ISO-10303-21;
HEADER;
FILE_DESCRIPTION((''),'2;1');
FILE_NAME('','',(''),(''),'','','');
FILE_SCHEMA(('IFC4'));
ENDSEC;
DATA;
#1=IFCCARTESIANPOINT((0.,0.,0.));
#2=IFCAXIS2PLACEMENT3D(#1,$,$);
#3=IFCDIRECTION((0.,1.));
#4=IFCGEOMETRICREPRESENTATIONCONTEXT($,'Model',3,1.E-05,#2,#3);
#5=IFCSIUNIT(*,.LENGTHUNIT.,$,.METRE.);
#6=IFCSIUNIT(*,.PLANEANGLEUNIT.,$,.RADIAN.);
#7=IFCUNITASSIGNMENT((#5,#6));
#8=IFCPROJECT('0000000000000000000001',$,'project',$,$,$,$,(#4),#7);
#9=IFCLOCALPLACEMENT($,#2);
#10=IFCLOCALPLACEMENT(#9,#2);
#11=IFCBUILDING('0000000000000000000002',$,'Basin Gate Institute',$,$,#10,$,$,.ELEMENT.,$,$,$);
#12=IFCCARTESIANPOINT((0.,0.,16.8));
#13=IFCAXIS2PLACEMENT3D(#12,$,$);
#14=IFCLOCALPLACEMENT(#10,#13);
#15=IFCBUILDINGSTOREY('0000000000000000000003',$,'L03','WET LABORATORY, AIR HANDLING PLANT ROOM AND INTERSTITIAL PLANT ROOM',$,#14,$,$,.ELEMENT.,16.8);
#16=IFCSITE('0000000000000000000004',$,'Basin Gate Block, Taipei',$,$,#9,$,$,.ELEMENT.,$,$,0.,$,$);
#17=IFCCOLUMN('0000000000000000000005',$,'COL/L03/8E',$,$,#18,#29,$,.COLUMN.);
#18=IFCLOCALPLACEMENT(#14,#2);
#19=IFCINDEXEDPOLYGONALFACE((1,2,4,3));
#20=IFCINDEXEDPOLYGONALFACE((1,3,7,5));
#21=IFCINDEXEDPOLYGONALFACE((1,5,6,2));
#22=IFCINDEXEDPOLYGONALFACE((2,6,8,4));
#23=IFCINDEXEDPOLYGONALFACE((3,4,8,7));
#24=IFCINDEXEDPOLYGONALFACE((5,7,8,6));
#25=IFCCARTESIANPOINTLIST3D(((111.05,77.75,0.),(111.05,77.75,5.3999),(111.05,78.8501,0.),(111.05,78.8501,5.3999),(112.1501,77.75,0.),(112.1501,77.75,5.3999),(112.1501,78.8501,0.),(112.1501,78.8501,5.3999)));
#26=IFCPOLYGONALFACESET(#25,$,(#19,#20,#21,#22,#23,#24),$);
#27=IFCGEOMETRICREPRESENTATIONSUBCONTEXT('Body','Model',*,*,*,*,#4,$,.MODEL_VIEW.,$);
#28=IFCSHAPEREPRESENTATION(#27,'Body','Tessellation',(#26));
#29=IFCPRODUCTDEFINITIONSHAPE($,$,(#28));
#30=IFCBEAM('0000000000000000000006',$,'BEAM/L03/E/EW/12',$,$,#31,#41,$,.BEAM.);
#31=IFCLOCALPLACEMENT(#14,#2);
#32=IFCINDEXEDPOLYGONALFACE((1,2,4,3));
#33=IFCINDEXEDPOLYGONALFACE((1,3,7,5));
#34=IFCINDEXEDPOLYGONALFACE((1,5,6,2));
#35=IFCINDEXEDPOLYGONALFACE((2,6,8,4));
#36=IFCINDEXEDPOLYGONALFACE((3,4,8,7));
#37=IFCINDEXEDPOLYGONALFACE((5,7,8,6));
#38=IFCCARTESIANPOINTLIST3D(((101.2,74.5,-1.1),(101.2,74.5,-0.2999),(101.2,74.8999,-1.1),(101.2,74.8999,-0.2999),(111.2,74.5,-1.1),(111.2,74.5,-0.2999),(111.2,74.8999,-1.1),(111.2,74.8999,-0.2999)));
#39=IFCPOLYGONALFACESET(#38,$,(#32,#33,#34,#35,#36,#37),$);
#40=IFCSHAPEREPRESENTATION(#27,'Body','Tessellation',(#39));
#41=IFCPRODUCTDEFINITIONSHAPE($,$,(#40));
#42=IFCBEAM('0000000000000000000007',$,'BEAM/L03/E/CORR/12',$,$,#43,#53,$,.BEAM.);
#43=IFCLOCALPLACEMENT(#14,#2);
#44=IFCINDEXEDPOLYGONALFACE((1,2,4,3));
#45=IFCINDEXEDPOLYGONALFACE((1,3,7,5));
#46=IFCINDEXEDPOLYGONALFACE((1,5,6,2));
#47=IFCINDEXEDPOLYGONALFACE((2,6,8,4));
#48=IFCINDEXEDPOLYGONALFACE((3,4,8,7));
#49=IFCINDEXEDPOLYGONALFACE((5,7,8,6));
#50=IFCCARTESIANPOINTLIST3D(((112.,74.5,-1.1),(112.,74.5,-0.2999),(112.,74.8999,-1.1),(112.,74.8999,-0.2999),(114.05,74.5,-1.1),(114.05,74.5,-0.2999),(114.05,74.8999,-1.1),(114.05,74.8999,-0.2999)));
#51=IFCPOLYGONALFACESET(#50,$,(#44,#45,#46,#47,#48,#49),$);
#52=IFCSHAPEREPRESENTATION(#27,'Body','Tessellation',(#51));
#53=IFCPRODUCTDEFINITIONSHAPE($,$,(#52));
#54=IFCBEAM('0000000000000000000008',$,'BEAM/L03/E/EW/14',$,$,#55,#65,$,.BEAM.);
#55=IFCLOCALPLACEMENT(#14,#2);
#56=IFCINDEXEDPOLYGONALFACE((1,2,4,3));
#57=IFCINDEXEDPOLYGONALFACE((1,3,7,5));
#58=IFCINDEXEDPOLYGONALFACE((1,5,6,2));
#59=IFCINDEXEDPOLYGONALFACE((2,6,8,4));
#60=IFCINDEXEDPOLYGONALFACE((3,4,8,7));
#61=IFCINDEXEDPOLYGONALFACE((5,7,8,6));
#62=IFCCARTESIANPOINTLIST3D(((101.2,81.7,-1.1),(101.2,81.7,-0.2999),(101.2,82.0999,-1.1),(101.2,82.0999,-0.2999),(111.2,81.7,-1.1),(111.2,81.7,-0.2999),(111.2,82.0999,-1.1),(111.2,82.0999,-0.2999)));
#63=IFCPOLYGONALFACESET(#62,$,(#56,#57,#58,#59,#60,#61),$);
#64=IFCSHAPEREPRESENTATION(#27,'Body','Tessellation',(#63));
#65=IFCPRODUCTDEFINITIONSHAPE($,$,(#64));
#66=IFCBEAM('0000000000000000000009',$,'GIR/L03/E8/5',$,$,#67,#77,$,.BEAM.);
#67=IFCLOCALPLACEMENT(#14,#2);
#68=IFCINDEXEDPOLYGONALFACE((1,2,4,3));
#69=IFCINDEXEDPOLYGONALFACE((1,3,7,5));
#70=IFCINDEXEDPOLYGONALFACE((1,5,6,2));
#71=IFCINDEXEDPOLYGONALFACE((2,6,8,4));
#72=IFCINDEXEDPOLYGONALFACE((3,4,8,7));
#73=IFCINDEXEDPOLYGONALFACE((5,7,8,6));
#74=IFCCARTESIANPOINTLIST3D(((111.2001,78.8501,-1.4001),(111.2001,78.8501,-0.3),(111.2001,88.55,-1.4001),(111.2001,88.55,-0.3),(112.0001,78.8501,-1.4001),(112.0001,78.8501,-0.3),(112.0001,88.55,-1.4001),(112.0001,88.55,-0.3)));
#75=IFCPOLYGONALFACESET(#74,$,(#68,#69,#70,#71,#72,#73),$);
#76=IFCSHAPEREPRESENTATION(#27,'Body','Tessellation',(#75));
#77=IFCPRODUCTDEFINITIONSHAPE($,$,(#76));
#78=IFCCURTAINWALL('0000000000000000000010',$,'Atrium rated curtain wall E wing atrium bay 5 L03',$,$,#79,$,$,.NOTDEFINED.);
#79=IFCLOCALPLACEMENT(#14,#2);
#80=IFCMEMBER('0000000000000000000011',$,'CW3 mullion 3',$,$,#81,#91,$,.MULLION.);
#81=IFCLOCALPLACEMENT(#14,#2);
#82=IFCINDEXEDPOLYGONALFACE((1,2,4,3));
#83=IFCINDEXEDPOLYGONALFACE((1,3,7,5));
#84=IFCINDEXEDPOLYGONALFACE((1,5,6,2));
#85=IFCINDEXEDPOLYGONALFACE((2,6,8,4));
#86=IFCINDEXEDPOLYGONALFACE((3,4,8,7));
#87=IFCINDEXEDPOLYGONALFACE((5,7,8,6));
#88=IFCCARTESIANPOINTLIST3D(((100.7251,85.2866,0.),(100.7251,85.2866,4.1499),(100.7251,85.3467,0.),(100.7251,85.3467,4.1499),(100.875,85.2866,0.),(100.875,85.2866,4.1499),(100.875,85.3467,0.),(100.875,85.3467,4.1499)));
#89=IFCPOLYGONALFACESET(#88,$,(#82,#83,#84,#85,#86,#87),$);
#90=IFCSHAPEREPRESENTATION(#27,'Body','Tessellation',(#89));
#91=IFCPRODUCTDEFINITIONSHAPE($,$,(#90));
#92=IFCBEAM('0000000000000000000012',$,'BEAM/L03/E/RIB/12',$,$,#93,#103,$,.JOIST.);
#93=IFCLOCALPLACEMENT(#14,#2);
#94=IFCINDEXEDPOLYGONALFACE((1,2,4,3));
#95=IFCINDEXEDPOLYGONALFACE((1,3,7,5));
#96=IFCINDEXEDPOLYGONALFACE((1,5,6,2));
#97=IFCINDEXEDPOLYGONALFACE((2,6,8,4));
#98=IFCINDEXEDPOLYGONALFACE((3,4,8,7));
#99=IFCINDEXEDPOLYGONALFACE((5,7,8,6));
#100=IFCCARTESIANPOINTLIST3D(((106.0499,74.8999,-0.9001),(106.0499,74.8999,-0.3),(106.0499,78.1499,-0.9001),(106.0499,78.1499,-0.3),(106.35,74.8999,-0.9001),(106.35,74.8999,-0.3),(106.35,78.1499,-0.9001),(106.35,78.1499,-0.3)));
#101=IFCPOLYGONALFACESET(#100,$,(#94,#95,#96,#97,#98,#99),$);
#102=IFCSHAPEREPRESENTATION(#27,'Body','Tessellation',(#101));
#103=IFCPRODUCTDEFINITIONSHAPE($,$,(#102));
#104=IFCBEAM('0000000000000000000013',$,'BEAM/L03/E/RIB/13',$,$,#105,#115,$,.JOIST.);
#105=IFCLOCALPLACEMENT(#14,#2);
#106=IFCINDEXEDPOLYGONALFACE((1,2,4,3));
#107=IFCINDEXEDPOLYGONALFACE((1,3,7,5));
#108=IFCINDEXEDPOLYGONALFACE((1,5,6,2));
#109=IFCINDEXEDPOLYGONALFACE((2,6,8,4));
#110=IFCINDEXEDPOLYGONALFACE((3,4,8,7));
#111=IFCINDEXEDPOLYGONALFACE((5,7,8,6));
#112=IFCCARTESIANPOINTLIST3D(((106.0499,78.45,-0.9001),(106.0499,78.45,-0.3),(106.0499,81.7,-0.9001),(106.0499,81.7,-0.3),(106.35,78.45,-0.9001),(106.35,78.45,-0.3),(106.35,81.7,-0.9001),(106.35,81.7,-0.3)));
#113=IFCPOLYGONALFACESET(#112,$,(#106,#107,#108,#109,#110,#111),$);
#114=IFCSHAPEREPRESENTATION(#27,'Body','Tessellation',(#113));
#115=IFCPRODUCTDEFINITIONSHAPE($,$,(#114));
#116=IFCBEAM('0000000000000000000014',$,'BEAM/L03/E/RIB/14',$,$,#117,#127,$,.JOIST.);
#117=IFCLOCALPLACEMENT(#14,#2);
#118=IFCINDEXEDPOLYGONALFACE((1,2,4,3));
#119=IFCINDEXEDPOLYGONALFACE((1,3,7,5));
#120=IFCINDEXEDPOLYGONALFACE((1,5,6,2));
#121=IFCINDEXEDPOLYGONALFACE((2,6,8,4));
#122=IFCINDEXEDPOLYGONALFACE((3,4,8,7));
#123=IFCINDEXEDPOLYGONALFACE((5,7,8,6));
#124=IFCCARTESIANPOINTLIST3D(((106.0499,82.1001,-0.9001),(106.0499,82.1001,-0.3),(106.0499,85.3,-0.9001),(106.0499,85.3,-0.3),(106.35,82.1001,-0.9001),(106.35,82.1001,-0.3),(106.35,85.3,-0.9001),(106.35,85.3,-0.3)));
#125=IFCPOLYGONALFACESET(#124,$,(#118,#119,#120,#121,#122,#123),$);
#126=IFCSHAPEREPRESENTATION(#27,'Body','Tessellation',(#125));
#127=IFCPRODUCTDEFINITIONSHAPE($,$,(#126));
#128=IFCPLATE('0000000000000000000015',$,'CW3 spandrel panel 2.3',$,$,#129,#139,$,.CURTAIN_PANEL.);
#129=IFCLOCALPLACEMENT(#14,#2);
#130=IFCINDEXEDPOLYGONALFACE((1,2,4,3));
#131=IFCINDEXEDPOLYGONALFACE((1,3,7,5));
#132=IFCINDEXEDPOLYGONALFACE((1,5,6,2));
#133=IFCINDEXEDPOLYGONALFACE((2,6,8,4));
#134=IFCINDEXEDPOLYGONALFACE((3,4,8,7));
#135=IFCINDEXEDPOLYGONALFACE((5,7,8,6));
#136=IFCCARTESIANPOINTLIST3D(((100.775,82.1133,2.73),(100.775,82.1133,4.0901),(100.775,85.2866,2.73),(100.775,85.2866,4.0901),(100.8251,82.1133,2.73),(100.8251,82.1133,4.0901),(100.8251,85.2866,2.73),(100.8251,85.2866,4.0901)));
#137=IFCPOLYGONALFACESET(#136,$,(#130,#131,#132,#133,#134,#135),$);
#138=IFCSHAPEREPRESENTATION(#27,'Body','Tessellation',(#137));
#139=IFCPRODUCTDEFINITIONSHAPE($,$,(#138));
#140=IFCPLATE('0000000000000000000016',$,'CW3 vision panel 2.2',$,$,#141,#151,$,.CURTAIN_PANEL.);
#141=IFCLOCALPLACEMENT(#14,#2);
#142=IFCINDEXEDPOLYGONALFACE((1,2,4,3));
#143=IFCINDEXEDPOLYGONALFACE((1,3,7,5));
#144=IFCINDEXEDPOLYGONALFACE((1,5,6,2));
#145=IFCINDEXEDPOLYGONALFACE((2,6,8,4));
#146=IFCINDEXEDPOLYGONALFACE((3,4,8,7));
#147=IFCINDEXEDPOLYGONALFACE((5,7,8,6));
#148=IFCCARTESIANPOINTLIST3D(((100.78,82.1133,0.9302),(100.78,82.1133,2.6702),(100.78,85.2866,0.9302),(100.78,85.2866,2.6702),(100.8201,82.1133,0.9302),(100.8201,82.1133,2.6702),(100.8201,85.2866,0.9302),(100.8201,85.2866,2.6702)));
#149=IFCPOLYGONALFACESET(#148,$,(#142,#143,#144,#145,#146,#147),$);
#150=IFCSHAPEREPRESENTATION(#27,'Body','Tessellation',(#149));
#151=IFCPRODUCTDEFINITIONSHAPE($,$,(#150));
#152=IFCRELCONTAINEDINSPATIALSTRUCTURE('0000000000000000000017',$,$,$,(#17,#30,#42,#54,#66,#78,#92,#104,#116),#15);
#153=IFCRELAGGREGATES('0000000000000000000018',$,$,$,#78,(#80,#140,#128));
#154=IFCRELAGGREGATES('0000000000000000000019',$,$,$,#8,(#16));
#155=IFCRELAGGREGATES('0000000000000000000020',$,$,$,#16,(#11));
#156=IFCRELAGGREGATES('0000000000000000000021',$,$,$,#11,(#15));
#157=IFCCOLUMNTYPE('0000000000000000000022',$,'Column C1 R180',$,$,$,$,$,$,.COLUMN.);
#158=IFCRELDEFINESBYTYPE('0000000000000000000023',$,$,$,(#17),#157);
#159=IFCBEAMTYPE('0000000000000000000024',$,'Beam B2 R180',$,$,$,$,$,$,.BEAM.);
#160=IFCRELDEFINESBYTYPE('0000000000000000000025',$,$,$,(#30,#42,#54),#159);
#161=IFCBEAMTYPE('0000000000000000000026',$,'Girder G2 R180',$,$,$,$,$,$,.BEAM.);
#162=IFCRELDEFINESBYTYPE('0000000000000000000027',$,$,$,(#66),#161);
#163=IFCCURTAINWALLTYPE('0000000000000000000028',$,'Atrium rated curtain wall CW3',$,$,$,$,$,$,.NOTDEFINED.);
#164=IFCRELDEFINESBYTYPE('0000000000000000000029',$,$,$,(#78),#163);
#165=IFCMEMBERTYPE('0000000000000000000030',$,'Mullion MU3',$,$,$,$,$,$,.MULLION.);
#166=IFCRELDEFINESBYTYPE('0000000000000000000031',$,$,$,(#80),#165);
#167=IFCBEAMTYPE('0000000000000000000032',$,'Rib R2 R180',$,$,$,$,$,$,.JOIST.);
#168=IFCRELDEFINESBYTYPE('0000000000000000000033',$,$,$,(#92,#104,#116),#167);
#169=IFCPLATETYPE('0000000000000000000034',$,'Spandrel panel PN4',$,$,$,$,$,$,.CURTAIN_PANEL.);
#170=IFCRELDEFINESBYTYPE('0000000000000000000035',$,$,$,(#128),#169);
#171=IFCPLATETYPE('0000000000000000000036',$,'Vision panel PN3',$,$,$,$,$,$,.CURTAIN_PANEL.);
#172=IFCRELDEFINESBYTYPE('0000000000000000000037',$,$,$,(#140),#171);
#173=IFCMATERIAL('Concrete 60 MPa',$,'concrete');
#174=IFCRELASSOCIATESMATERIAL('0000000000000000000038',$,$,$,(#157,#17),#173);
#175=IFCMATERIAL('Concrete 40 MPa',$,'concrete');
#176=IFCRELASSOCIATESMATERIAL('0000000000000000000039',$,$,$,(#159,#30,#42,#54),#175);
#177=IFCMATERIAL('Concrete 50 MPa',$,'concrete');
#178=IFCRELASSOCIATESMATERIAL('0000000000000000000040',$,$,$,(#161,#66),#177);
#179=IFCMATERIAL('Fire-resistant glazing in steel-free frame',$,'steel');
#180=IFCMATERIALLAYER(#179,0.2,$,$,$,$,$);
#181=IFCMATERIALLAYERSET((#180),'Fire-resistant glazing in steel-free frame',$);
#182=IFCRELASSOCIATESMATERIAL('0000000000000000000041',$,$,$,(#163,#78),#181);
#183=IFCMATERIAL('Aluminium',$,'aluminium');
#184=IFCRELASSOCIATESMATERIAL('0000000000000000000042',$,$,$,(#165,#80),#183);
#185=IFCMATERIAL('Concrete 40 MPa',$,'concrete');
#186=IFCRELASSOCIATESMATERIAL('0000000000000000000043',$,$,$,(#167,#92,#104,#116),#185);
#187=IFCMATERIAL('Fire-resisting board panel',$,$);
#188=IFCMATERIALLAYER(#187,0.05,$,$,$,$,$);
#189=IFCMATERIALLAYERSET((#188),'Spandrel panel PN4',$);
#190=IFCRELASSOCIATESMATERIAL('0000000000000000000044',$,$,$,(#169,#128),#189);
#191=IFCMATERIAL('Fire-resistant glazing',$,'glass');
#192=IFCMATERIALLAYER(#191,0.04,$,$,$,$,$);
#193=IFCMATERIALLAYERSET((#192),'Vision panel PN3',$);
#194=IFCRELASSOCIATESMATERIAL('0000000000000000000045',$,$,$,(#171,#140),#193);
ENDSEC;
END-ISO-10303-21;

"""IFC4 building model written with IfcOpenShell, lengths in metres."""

from ifc_helpers import new_model, si_unit, direction, frame, origin, origin_2d, place, context, subcontext, project, spatial, rectangle, extrude, material, layer, layer_set, material_profile, profile_set, type_object, element, aggregate, save


model = new_model("IFC4")

# Units and contexts
model_context = context("Model", 3, precision=1e-05, world=origin(), true_north=direction((0.0, 1.0)))
body_context = subcontext(model_context, "Body", "Model", "MODEL_VIEW")
ifc_project = project(units=[si_unit("LENGTHUNIT", "METRE"), si_unit("PLANEANGLEUNIT", "RADIAN")], contexts=[model_context])

# Site, building, storey
site_placement = place(None, origin())
site = spatial("IfcSite", under=ifc_project, at=site_placement, Name="Basin Gate Block, Taipei", CompositionType="ELEMENT", RefElevation=0.0)
building_placement = place(site_placement, origin())
building = spatial("IfcBuilding", under=site, at=building_placement, Name="Basin Gate Institute", CompositionType="ELEMENT")
storey_placement = place(building_placement, frame((0.0, 0.0, 16.8)))
storey = spatial("IfcBuildingStorey", under=building, at=storey_placement, Name="L03", Description="WET LABORATORY, AIR HANDLING PLANT ROOM AND INTERSTITIAL PLANT ROOM", CompositionType="ELEMENT", Elevation=16.8)

# Column
ifc_material_1 = material(Name="Concrete 60 MPa", Category="concrete")
ifc_material_profile_1 = material_profile(ifc_material_1, rectangle(XDim=1.1001, YDim=1.1001, at=origin_2d()), Name="Column C1 1100 x 1100")
ifc_profile_set_1 = profile_set([ifc_material_profile_1], Name="Concrete 60 MPa")
column_type = type_object("IfcColumnType", Name="Column C1 R180", PredefinedType="COLUMN", material=ifc_profile_set_1)
column_placement = place(storey_placement, frame((111.6001, 78.3, 0.0), z_axis=(0.0, 0.0, 1.0), x_axis=(1.0, 0.0, 0.0)))
element("IfcColumn", 1, at=column_placement, inside=storey, type_object=column_type, material=ifc_profile_set_1, Name="COL/L03/8E", PredefinedType="COLUMN", context=body_context, shape_type="SweptSolid", body=[
    extrude(rectangle(XDim=1.1001, YDim=1.1001, at=origin_2d()), origin(), (0.0, 0.0, 1.0), 5.3999),
])

# Beams
ifc_material_2 = material(Name="Concrete 40 MPa", Category="concrete")
ifc_material_profile_2 = material_profile(ifc_material_2, rectangle(XDim=0.3999, YDim=0.8, at=origin_2d()), Name="Beam B2 400 x 800")
ifc_profile_set_2 = profile_set([ifc_material_profile_2], Name="Concrete 40 MPa")
beam_type_1 = type_object("IfcBeamType", Name="Beam B2 R180", PredefinedType="BEAM", material=ifc_profile_set_2)
beam_1_placement = place(storey_placement, frame((111.2, 74.7, -0.7), z_axis=(-1.0, 0.0, 0.0), x_axis=(0.0, -1.0, 0.0)))
element("IfcBeam", 2, at=beam_1_placement, inside=storey, type_object=beam_type_1, material=ifc_profile_set_2, Name="BEAM/L03/E/EW/12", PredefinedType="BEAM", context=body_context, shape_type="SweptSolid", body=[
    extrude(rectangle(XDim=0.3999, YDim=0.8, at=origin_2d()), origin(), (0.0, 0.0, 1.0), 10.0),
])
beam_2_placement = place(storey_placement, frame((114.05, 74.7, -0.7), z_axis=(-1.0, 0.0, 0.0), x_axis=(0.0, -1.0, 0.0)))
element("IfcBeam", 3, at=beam_2_placement, inside=storey, type_object=beam_type_1, material=ifc_profile_set_2, Name="BEAM/L03/E/CORR/12", PredefinedType="BEAM", context=body_context, shape_type="SweptSolid", body=[
    extrude(rectangle(XDim=0.3999, YDim=0.8, at=origin_2d()), origin(), (0.0, 0.0, 1.0), 2.05),
])
beam_3_placement = place(storey_placement, frame((111.2, 81.8999, -0.7), z_axis=(-1.0, 0.0, 0.0), x_axis=(0.0, -1.0, 0.0)))
element("IfcBeam", 4, at=beam_3_placement, inside=storey, type_object=beam_type_1, material=ifc_profile_set_2, Name="BEAM/L03/E/EW/14", PredefinedType="BEAM", context=body_context, shape_type="SweptSolid", body=[
    extrude(rectangle(XDim=0.3999, YDim=0.8, at=origin_2d()), origin(), (0.0, 0.0, 1.0), 10.0),
])
ifc_material_3 = material(Name="Concrete 50 MPa", Category="concrete")
ifc_material_profile_3 = material_profile(ifc_material_3, rectangle(XDim=0.8, YDim=1.1001, at=origin_2d()), Name="Girder G2 800 x 1100")
ifc_profile_set_3 = profile_set([ifc_material_profile_3], Name="Concrete 50 MPa")
beam_type_2 = type_object("IfcBeamType", Name="Girder G2 R180", PredefinedType="BEAM", material=ifc_profile_set_3)
beam_4_placement = place(storey_placement, frame((111.6001, 78.8501, -0.8501), z_axis=(0.0, 1.0, 0.0), x_axis=(-1.0, 0.0, 0.0)))
element("IfcBeam", 5, at=beam_4_placement, inside=storey, type_object=beam_type_2, material=ifc_profile_set_3, Name="GIR/L03/E8/5", PredefinedType="BEAM", context=body_context, shape_type="SweptSolid", body=[
    extrude(rectangle(XDim=0.8, YDim=1.1001, at=origin_2d()), origin(), (0.0, 0.0, 1.0), 9.7),
])

# Curtain wall, member
ifc_material_4 = material(Name="Fire-resistant glazing in steel-free frame", Category="steel")
ifc_layer_1 = layer(ifc_material_4, 0.2)
ifc_layer_set_1 = layer_set([ifc_layer_1], Name="Fire-resistant glazing in steel-free frame")
curtain_wall_type = type_object("IfcCurtainWallType", Name="Atrium rated curtain wall CW3", PredefinedType="NOTDEFINED", material=ifc_layer_set_1)
curtain_wall_placement = place(storey_placement, origin())
curtain_wall = element("IfcCurtainWall", 6, at=curtain_wall_placement, inside=storey, type_object=curtain_wall_type, material=ifc_layer_set_1, Name="Atrium rated curtain wall E wing atrium bay 5 L03", PredefinedType="NOTDEFINED")
ifc_material_5 = material(Name="Aluminium", Category="aluminium")
ifc_material_profile_4 = material_profile(ifc_material_5, rectangle(XDim=0.1499, YDim=0.0601, at=origin_2d()), Name="Mullion MU3 150 x 60")
ifc_profile_set_4 = profile_set([ifc_material_profile_4], Name="Aluminium")
member_type = type_object("IfcMemberType", Name="Mullion MU3", PredefinedType="MULLION", material=ifc_profile_set_4)
member_placement = place(storey_placement, frame((100.8, 85.3167, 0.0), z_axis=(0.0, 0.0, 1.0), x_axis=(-1.0, 0.0, 0.0)))
member = element("IfcMember", 7, at=member_placement, type_object=member_type, material=ifc_profile_set_4, Name="CW3 mullion 3", PredefinedType="MULLION", context=body_context, shape_type="SweptSolid", body=[
    extrude(rectangle(XDim=0.1499, YDim=0.0601, at=origin_2d()), origin(), (0.0, 0.0, 1.0), 4.1499),
])

# Beams
ifc_material_6 = material(Name="Concrete 40 MPa", Category="concrete")
ifc_material_profile_5 = material_profile(ifc_material_6, rectangle(XDim=0.3, YDim=0.6001, at=origin_2d()), Name="Rib R2 300 x 600")
ifc_profile_set_5 = profile_set([ifc_material_profile_5], Name="Concrete 40 MPa")
beam_type_3 = type_object("IfcBeamType", Name="Rib R2 R180", PredefinedType="JOIST", material=ifc_profile_set_5)
for number, where, z_axis, x_axis, name in (
    (8, (106.2, 74.8999, -0.6001), (0.0, 1.0, 0.0), (-1.0, 0.0, 0.0), "BEAM/L03/E/RIB/12"),
    (9, (106.2, 78.45, -0.6001), (0.0, 1.0, 0.0), (-1.0, 0.0, 0.0), "BEAM/L03/E/RIB/13"),
):
    element("IfcBeam", number, at=place(storey_placement, frame(where, z_axis=z_axis, x_axis=x_axis)), inside=storey, type_object=beam_type_3, material=ifc_profile_set_5, Name=name, PredefinedType="JOIST", context=body_context, shape_type="SweptSolid", body=[
        extrude(rectangle(XDim=0.3, YDim=0.6001, at=origin_2d()), origin(), (0.0, 0.0, 1.0), 3.25),
    ])
beam_5_placement = place(storey_placement, frame((106.2, 82.1001, -0.6001), z_axis=(0.0, 1.0, 0.0), x_axis=(-1.0, 0.0, 0.0)))
element("IfcBeam", 10, at=beam_5_placement, inside=storey, type_object=beam_type_3, material=ifc_profile_set_5, Name="BEAM/L03/E/RIB/14", PredefinedType="JOIST", context=body_context, shape_type="SweptSolid", body=[
    extrude(rectangle(XDim=0.3, YDim=0.6001, at=origin_2d()), origin(), (0.0, 0.0, 1.0), 3.2),
])

# Plates
ifc_material_7 = material(Name="Fire-resisting board panel")
ifc_layer_2 = layer(ifc_material_7, 0.05)
ifc_layer_set_2 = layer_set([ifc_layer_2], Name="Spandrel panel PN4")
plate_type_1 = type_object("IfcPlateType", Name="Spandrel panel PN4", PredefinedType="CURTAIN_PANEL", material=ifc_layer_set_2)
plate_1_placement = place(storey_placement, frame((100.8, 83.7, 2.73), z_axis=(0.0, 0.0, 1.0), x_axis=(0.0, 1.0, 0.0)))
plate_1 = element("IfcPlate", 11, at=plate_1_placement, type_object=plate_type_1, material=ifc_layer_set_2, Name="CW3 spandrel panel 2.3", PredefinedType="CURTAIN_PANEL", context=body_context, shape_type="SweptSolid", body=[
    extrude(rectangle(XDim=3.1733, YDim=0.05, at=origin_2d()), origin(), (0.0, 0.0, 1.0), 1.3601),
])
ifc_material_8 = material(Name="Fire-resistant glazing", Category="glass")
ifc_layer_3 = layer(ifc_material_8, 0.04)
ifc_layer_set_3 = layer_set([ifc_layer_3], Name="Vision panel PN3")
plate_type_2 = type_object("IfcPlateType", Name="Vision panel PN3", PredefinedType="CURTAIN_PANEL", material=ifc_layer_set_3)
plate_2_placement = place(storey_placement, frame((100.8, 83.7, 0.9302), z_axis=(0.0, 0.0, 1.0), x_axis=(0.0, 1.0, 0.0)))
plate_2 = element("IfcPlate", 12, at=plate_2_placement, type_object=plate_type_2, material=ifc_layer_set_3, Name="CW3 vision panel 2.2", PredefinedType="CURTAIN_PANEL", context=body_context, shape_type="SweptSolid", body=[
    extrude(rectangle(XDim=3.1733, YDim=0.04, at=origin_2d()), origin(), (0.0, 0.0, 1.0), 1.74),
])
aggregate(curtain_wall, [member, plate_2, plate_1])

save(model, "model.ifc")
